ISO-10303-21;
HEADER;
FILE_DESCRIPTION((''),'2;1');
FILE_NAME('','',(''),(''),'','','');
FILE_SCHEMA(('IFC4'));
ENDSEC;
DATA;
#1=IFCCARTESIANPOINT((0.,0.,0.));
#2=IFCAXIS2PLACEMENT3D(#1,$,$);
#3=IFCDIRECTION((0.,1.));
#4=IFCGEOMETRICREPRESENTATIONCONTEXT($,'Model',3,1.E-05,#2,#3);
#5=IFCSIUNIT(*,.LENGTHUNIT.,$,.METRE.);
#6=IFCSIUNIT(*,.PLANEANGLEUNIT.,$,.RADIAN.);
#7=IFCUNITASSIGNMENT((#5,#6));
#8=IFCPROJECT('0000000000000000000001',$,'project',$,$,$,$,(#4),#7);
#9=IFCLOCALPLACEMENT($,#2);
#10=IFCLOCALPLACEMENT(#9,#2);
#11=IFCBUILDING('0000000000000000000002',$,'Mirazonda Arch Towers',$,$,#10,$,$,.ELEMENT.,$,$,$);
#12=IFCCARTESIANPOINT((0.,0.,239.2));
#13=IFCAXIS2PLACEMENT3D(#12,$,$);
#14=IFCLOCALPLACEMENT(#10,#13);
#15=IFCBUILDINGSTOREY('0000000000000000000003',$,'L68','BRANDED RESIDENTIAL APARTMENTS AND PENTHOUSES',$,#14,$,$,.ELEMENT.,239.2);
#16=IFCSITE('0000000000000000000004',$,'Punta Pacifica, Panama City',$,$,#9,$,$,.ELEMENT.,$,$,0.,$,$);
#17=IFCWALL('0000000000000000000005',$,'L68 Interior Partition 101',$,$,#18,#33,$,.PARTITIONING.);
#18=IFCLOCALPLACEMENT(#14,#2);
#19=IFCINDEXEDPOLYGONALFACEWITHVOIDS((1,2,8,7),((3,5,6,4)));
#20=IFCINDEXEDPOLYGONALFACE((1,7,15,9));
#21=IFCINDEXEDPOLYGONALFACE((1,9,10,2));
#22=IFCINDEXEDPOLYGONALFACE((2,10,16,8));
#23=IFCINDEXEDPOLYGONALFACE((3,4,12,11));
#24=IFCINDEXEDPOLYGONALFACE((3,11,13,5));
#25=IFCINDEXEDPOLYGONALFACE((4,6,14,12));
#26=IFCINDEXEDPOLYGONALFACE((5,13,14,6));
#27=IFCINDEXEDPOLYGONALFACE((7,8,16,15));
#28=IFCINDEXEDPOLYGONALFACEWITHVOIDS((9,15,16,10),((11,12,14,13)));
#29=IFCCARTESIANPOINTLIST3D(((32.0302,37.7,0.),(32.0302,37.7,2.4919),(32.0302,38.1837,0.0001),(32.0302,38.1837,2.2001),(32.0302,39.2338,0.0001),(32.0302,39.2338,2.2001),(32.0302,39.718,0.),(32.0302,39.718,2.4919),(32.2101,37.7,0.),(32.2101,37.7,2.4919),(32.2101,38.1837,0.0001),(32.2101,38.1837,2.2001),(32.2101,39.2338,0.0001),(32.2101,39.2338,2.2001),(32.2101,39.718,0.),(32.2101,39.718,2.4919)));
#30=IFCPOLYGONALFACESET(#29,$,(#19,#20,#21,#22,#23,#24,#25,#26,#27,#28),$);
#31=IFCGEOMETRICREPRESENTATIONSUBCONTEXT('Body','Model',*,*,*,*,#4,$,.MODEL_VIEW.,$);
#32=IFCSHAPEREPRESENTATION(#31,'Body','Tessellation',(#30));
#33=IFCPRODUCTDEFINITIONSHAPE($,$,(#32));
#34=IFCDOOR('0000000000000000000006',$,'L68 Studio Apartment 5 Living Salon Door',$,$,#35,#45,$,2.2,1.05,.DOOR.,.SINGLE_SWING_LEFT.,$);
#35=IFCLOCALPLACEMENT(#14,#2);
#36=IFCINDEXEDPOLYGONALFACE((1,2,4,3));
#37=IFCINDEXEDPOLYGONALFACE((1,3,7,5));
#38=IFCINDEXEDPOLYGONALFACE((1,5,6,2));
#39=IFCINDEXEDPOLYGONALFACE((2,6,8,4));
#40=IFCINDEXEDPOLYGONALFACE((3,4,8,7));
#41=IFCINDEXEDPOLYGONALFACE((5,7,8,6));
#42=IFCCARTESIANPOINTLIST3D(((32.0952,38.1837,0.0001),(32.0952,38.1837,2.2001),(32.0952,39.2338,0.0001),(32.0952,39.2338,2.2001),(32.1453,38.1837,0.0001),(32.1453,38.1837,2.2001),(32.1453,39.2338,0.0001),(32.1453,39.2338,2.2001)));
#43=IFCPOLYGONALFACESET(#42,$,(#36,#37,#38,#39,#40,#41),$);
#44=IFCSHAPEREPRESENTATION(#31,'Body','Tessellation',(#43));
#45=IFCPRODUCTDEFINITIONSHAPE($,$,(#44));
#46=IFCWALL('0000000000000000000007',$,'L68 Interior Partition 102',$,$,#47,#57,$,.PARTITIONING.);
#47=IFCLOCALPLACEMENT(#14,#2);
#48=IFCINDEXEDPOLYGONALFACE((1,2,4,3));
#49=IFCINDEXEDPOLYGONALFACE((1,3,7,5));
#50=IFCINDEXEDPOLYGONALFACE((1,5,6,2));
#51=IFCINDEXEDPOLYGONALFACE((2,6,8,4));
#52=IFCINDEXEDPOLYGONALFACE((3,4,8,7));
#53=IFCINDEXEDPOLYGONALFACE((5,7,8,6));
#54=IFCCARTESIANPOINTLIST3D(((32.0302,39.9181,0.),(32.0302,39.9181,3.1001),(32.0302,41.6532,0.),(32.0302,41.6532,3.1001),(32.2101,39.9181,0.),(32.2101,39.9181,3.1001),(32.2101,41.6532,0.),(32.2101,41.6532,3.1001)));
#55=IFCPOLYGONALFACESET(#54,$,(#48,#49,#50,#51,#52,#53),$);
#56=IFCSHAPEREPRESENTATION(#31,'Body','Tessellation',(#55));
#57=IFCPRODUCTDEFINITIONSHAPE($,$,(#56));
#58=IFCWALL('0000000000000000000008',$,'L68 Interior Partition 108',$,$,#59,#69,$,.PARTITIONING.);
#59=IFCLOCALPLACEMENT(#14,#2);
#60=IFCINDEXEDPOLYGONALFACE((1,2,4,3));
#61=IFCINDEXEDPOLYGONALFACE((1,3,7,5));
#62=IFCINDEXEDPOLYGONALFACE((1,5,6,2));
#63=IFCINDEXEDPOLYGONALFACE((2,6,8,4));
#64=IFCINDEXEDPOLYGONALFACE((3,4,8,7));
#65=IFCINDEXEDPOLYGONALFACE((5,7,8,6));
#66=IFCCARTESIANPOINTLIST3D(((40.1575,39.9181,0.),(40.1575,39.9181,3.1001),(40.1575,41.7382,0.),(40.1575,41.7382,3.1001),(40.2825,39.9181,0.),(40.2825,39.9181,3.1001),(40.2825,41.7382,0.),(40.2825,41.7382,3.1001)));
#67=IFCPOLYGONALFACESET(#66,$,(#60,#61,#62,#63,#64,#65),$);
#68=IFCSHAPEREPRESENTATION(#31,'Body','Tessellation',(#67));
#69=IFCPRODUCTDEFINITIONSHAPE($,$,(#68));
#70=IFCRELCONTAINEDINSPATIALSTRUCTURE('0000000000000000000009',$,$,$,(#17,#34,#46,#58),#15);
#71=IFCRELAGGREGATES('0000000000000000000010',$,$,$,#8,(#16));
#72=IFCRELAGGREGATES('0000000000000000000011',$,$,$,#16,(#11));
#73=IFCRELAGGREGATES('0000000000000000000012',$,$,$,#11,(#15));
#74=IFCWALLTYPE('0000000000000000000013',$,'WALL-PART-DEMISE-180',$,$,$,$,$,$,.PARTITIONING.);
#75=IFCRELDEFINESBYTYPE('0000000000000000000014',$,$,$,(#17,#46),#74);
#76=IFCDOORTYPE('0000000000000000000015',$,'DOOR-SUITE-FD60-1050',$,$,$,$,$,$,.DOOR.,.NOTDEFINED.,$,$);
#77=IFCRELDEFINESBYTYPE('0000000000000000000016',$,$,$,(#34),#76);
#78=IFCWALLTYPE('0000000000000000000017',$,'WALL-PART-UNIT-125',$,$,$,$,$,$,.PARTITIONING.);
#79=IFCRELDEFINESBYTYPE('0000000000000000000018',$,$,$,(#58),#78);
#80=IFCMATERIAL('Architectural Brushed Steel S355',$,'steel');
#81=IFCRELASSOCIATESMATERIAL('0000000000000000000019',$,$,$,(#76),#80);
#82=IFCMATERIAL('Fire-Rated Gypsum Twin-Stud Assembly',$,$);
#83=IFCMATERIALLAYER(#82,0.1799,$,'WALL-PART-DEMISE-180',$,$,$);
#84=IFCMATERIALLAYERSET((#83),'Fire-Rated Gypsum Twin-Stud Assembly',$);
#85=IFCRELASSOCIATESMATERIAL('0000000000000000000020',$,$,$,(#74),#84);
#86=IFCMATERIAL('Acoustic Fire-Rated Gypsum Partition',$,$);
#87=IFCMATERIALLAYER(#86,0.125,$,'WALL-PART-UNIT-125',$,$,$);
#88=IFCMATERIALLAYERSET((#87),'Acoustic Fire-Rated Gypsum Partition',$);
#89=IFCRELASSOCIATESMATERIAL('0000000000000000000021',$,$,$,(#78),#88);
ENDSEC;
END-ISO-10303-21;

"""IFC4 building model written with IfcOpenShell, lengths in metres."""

from ifc_helpers import new_model, si_unit, direction, frame, frame_2d, origin, place, context, subcontext, project, spatial, rectangle, extrude, material, layer, layer_set, type_object, element, fill, save


model = new_model("IFC4")

# Units and contexts
model_context = context("Model", 3, precision=1e-05, world=origin(), true_north=direction((0.0, 1.0)))
body_context = subcontext(model_context, "Body", "Model", "MODEL_VIEW")
ifc_project = project(units=[si_unit("LENGTHUNIT", "METRE"), si_unit("PLANEANGLEUNIT", "RADIAN")], contexts=[model_context])

# Site, building, storey
site_placement = place(None, origin())
site = spatial("IfcSite", under=ifc_project, at=site_placement, Name="Punta Pacifica, Panama City", CompositionType="ELEMENT", RefElevation=0.0)
building_placement = place(site_placement, origin())
building = spatial("IfcBuilding", under=site, at=building_placement, Name="Mirazonda Arch Towers", CompositionType="ELEMENT")
storey_placement = place(building_placement, frame((0.0, 0.0, 239.2)))
storey = spatial("IfcBuildingStorey", under=building, at=storey_placement, Name="L68", Description="BRANDED RESIDENTIAL APARTMENTS AND PENTHOUSES", CompositionType="ELEMENT", Elevation=239.2)

# Shared definitions
ifc_material_1 = material(Name="Architectural Brushed Steel S355", Category="steel")
door_type_1 = type_object("IfcDoorType", Name="DOOR-SUITE-FD60-1050", OperationType="NOTDEFINED", PredefinedType="DOOR", material=ifc_material_1)

# Shared definitions
ifc_material_2 = material(Name="Fire-Rated Gypsum Twin-Stud Assembly")
ifc_layer_1 = layer(ifc_material_2, 0.1799, Name="WALL-PART-DEMISE-180")
ifc_layer_set_1 = layer_set([ifc_layer_1], Name="Fire-Rated Gypsum Twin-Stud Assembly")
wall_type_1 = type_object("IfcWallType", Name="WALL-PART-DEMISE-180", PredefinedType="PARTITIONING", material=ifc_layer_set_1)

# Wall, opening, door
wall_1_placement = place(storey_placement, frame((32.1201, 37.7, 0.0), z_axis=(0.0, 0.0, 1.0), x_axis=(0.0, 1.0, 0.0)))
wall_1 = element("IfcWall", 1, at=wall_1_placement, inside=storey, type_object=wall_type_1, Name="L68 Interior Partition 101", PredefinedType="PARTITIONING", context=body_context, shape_type="SweptSolid", body=[
    extrude(rectangle(XDim=2.0181, YDim=0.1799, at=frame_2d((1.009, 0.0))), origin(), (0.0, 0.0, 1.0), 2.4919),
])
opening_1_placement = place(wall_1_placement, frame((0.4839, 0.0, 0.0)))
opening_1 = element("IfcOpeningElement", 2, at=opening_1_placement, cuts=wall_1, PredefinedType="OPENING", context=body_context, shape_type="SweptSolid", body=[
    extrude(rectangle(XDim=1.05, YDim=2.2, at=frame_2d((0.5249, 1.1001))), frame((0.0, 0.0999, 0.0), z_axis=(0.0, -1.0, 0.0), x_axis=(1.0, 0.0, 0.0)), (0.0, 0.0, 1.0), 0.2),
])
door_1_placement = place(opening_1_placement, origin())
door_1 = element("IfcDoor", 3, at=door_1_placement, inside=storey, type_object=door_type_1, Name="L68 Studio Apartment 5 Living Salon Door", OperationType="SINGLE_SWING_LEFT", OverallHeight=2.2, OverallWidth=1.05, PredefinedType="DOOR", context=body_context, shape_type="SweptSolid", body=[
    extrude(rectangle(XDim=1.05, YDim=2.2, at=frame_2d((0.5249, 1.1001))), frame((0.0, 0.0249, 0.0), z_axis=(0.0, -1.0, 0.0), x_axis=(1.0, 0.0, 0.0)), (0.0, 0.0, 1.0), 0.05),
])
fill(opening_1, door_1)

# Wall
wall_2_placement = place(storey_placement, frame((32.1201, 39.918, 0.0), z_axis=(0.0, 0.0, 1.0), x_axis=(0.0, 1.0, 0.0)))
element("IfcWall", 4, at=wall_2_placement, inside=storey, type_object=wall_type_1, Name="L68 Interior Partition 102", PredefinedType="PARTITIONING", context=body_context, shape_type="SweptSolid", body=[
    extrude(rectangle(XDim=1.7351, YDim=0.1799, at=frame_2d((0.8677, 0.0))), origin(), (0.0, 0.0, 1.0), 3.1001),
])

# Wall
ifc_material_3 = material(Name="Acoustic Fire-Rated Gypsum Partition")
ifc_layer_2 = layer(ifc_material_3, 0.125, Name="WALL-PART-UNIT-125")
ifc_layer_set_2 = layer_set([ifc_layer_2], Name="Acoustic Fire-Rated Gypsum Partition")
wall_type_2 = type_object("IfcWallType", Name="WALL-PART-UNIT-125", PredefinedType="PARTITIONING", material=ifc_layer_set_2)
wall_3_placement = place(storey_placement, frame((40.22, 39.918, 0.0), z_axis=(0.0, 0.0, 1.0), x_axis=(0.0, 1.0, 0.0)))
element("IfcWall", 5, at=wall_3_placement, inside=storey, type_object=wall_type_2, Name="L68 Interior Partition 108", PredefinedType="PARTITIONING", context=body_context, shape_type="SweptSolid", body=[
    extrude(rectangle(XDim=1.8201, YDim=0.125, at=frame_2d((0.9102, 0.0))), origin(), (0.0, 0.0, 1.0), 3.1001),
])

save(model, "model.ifc")
